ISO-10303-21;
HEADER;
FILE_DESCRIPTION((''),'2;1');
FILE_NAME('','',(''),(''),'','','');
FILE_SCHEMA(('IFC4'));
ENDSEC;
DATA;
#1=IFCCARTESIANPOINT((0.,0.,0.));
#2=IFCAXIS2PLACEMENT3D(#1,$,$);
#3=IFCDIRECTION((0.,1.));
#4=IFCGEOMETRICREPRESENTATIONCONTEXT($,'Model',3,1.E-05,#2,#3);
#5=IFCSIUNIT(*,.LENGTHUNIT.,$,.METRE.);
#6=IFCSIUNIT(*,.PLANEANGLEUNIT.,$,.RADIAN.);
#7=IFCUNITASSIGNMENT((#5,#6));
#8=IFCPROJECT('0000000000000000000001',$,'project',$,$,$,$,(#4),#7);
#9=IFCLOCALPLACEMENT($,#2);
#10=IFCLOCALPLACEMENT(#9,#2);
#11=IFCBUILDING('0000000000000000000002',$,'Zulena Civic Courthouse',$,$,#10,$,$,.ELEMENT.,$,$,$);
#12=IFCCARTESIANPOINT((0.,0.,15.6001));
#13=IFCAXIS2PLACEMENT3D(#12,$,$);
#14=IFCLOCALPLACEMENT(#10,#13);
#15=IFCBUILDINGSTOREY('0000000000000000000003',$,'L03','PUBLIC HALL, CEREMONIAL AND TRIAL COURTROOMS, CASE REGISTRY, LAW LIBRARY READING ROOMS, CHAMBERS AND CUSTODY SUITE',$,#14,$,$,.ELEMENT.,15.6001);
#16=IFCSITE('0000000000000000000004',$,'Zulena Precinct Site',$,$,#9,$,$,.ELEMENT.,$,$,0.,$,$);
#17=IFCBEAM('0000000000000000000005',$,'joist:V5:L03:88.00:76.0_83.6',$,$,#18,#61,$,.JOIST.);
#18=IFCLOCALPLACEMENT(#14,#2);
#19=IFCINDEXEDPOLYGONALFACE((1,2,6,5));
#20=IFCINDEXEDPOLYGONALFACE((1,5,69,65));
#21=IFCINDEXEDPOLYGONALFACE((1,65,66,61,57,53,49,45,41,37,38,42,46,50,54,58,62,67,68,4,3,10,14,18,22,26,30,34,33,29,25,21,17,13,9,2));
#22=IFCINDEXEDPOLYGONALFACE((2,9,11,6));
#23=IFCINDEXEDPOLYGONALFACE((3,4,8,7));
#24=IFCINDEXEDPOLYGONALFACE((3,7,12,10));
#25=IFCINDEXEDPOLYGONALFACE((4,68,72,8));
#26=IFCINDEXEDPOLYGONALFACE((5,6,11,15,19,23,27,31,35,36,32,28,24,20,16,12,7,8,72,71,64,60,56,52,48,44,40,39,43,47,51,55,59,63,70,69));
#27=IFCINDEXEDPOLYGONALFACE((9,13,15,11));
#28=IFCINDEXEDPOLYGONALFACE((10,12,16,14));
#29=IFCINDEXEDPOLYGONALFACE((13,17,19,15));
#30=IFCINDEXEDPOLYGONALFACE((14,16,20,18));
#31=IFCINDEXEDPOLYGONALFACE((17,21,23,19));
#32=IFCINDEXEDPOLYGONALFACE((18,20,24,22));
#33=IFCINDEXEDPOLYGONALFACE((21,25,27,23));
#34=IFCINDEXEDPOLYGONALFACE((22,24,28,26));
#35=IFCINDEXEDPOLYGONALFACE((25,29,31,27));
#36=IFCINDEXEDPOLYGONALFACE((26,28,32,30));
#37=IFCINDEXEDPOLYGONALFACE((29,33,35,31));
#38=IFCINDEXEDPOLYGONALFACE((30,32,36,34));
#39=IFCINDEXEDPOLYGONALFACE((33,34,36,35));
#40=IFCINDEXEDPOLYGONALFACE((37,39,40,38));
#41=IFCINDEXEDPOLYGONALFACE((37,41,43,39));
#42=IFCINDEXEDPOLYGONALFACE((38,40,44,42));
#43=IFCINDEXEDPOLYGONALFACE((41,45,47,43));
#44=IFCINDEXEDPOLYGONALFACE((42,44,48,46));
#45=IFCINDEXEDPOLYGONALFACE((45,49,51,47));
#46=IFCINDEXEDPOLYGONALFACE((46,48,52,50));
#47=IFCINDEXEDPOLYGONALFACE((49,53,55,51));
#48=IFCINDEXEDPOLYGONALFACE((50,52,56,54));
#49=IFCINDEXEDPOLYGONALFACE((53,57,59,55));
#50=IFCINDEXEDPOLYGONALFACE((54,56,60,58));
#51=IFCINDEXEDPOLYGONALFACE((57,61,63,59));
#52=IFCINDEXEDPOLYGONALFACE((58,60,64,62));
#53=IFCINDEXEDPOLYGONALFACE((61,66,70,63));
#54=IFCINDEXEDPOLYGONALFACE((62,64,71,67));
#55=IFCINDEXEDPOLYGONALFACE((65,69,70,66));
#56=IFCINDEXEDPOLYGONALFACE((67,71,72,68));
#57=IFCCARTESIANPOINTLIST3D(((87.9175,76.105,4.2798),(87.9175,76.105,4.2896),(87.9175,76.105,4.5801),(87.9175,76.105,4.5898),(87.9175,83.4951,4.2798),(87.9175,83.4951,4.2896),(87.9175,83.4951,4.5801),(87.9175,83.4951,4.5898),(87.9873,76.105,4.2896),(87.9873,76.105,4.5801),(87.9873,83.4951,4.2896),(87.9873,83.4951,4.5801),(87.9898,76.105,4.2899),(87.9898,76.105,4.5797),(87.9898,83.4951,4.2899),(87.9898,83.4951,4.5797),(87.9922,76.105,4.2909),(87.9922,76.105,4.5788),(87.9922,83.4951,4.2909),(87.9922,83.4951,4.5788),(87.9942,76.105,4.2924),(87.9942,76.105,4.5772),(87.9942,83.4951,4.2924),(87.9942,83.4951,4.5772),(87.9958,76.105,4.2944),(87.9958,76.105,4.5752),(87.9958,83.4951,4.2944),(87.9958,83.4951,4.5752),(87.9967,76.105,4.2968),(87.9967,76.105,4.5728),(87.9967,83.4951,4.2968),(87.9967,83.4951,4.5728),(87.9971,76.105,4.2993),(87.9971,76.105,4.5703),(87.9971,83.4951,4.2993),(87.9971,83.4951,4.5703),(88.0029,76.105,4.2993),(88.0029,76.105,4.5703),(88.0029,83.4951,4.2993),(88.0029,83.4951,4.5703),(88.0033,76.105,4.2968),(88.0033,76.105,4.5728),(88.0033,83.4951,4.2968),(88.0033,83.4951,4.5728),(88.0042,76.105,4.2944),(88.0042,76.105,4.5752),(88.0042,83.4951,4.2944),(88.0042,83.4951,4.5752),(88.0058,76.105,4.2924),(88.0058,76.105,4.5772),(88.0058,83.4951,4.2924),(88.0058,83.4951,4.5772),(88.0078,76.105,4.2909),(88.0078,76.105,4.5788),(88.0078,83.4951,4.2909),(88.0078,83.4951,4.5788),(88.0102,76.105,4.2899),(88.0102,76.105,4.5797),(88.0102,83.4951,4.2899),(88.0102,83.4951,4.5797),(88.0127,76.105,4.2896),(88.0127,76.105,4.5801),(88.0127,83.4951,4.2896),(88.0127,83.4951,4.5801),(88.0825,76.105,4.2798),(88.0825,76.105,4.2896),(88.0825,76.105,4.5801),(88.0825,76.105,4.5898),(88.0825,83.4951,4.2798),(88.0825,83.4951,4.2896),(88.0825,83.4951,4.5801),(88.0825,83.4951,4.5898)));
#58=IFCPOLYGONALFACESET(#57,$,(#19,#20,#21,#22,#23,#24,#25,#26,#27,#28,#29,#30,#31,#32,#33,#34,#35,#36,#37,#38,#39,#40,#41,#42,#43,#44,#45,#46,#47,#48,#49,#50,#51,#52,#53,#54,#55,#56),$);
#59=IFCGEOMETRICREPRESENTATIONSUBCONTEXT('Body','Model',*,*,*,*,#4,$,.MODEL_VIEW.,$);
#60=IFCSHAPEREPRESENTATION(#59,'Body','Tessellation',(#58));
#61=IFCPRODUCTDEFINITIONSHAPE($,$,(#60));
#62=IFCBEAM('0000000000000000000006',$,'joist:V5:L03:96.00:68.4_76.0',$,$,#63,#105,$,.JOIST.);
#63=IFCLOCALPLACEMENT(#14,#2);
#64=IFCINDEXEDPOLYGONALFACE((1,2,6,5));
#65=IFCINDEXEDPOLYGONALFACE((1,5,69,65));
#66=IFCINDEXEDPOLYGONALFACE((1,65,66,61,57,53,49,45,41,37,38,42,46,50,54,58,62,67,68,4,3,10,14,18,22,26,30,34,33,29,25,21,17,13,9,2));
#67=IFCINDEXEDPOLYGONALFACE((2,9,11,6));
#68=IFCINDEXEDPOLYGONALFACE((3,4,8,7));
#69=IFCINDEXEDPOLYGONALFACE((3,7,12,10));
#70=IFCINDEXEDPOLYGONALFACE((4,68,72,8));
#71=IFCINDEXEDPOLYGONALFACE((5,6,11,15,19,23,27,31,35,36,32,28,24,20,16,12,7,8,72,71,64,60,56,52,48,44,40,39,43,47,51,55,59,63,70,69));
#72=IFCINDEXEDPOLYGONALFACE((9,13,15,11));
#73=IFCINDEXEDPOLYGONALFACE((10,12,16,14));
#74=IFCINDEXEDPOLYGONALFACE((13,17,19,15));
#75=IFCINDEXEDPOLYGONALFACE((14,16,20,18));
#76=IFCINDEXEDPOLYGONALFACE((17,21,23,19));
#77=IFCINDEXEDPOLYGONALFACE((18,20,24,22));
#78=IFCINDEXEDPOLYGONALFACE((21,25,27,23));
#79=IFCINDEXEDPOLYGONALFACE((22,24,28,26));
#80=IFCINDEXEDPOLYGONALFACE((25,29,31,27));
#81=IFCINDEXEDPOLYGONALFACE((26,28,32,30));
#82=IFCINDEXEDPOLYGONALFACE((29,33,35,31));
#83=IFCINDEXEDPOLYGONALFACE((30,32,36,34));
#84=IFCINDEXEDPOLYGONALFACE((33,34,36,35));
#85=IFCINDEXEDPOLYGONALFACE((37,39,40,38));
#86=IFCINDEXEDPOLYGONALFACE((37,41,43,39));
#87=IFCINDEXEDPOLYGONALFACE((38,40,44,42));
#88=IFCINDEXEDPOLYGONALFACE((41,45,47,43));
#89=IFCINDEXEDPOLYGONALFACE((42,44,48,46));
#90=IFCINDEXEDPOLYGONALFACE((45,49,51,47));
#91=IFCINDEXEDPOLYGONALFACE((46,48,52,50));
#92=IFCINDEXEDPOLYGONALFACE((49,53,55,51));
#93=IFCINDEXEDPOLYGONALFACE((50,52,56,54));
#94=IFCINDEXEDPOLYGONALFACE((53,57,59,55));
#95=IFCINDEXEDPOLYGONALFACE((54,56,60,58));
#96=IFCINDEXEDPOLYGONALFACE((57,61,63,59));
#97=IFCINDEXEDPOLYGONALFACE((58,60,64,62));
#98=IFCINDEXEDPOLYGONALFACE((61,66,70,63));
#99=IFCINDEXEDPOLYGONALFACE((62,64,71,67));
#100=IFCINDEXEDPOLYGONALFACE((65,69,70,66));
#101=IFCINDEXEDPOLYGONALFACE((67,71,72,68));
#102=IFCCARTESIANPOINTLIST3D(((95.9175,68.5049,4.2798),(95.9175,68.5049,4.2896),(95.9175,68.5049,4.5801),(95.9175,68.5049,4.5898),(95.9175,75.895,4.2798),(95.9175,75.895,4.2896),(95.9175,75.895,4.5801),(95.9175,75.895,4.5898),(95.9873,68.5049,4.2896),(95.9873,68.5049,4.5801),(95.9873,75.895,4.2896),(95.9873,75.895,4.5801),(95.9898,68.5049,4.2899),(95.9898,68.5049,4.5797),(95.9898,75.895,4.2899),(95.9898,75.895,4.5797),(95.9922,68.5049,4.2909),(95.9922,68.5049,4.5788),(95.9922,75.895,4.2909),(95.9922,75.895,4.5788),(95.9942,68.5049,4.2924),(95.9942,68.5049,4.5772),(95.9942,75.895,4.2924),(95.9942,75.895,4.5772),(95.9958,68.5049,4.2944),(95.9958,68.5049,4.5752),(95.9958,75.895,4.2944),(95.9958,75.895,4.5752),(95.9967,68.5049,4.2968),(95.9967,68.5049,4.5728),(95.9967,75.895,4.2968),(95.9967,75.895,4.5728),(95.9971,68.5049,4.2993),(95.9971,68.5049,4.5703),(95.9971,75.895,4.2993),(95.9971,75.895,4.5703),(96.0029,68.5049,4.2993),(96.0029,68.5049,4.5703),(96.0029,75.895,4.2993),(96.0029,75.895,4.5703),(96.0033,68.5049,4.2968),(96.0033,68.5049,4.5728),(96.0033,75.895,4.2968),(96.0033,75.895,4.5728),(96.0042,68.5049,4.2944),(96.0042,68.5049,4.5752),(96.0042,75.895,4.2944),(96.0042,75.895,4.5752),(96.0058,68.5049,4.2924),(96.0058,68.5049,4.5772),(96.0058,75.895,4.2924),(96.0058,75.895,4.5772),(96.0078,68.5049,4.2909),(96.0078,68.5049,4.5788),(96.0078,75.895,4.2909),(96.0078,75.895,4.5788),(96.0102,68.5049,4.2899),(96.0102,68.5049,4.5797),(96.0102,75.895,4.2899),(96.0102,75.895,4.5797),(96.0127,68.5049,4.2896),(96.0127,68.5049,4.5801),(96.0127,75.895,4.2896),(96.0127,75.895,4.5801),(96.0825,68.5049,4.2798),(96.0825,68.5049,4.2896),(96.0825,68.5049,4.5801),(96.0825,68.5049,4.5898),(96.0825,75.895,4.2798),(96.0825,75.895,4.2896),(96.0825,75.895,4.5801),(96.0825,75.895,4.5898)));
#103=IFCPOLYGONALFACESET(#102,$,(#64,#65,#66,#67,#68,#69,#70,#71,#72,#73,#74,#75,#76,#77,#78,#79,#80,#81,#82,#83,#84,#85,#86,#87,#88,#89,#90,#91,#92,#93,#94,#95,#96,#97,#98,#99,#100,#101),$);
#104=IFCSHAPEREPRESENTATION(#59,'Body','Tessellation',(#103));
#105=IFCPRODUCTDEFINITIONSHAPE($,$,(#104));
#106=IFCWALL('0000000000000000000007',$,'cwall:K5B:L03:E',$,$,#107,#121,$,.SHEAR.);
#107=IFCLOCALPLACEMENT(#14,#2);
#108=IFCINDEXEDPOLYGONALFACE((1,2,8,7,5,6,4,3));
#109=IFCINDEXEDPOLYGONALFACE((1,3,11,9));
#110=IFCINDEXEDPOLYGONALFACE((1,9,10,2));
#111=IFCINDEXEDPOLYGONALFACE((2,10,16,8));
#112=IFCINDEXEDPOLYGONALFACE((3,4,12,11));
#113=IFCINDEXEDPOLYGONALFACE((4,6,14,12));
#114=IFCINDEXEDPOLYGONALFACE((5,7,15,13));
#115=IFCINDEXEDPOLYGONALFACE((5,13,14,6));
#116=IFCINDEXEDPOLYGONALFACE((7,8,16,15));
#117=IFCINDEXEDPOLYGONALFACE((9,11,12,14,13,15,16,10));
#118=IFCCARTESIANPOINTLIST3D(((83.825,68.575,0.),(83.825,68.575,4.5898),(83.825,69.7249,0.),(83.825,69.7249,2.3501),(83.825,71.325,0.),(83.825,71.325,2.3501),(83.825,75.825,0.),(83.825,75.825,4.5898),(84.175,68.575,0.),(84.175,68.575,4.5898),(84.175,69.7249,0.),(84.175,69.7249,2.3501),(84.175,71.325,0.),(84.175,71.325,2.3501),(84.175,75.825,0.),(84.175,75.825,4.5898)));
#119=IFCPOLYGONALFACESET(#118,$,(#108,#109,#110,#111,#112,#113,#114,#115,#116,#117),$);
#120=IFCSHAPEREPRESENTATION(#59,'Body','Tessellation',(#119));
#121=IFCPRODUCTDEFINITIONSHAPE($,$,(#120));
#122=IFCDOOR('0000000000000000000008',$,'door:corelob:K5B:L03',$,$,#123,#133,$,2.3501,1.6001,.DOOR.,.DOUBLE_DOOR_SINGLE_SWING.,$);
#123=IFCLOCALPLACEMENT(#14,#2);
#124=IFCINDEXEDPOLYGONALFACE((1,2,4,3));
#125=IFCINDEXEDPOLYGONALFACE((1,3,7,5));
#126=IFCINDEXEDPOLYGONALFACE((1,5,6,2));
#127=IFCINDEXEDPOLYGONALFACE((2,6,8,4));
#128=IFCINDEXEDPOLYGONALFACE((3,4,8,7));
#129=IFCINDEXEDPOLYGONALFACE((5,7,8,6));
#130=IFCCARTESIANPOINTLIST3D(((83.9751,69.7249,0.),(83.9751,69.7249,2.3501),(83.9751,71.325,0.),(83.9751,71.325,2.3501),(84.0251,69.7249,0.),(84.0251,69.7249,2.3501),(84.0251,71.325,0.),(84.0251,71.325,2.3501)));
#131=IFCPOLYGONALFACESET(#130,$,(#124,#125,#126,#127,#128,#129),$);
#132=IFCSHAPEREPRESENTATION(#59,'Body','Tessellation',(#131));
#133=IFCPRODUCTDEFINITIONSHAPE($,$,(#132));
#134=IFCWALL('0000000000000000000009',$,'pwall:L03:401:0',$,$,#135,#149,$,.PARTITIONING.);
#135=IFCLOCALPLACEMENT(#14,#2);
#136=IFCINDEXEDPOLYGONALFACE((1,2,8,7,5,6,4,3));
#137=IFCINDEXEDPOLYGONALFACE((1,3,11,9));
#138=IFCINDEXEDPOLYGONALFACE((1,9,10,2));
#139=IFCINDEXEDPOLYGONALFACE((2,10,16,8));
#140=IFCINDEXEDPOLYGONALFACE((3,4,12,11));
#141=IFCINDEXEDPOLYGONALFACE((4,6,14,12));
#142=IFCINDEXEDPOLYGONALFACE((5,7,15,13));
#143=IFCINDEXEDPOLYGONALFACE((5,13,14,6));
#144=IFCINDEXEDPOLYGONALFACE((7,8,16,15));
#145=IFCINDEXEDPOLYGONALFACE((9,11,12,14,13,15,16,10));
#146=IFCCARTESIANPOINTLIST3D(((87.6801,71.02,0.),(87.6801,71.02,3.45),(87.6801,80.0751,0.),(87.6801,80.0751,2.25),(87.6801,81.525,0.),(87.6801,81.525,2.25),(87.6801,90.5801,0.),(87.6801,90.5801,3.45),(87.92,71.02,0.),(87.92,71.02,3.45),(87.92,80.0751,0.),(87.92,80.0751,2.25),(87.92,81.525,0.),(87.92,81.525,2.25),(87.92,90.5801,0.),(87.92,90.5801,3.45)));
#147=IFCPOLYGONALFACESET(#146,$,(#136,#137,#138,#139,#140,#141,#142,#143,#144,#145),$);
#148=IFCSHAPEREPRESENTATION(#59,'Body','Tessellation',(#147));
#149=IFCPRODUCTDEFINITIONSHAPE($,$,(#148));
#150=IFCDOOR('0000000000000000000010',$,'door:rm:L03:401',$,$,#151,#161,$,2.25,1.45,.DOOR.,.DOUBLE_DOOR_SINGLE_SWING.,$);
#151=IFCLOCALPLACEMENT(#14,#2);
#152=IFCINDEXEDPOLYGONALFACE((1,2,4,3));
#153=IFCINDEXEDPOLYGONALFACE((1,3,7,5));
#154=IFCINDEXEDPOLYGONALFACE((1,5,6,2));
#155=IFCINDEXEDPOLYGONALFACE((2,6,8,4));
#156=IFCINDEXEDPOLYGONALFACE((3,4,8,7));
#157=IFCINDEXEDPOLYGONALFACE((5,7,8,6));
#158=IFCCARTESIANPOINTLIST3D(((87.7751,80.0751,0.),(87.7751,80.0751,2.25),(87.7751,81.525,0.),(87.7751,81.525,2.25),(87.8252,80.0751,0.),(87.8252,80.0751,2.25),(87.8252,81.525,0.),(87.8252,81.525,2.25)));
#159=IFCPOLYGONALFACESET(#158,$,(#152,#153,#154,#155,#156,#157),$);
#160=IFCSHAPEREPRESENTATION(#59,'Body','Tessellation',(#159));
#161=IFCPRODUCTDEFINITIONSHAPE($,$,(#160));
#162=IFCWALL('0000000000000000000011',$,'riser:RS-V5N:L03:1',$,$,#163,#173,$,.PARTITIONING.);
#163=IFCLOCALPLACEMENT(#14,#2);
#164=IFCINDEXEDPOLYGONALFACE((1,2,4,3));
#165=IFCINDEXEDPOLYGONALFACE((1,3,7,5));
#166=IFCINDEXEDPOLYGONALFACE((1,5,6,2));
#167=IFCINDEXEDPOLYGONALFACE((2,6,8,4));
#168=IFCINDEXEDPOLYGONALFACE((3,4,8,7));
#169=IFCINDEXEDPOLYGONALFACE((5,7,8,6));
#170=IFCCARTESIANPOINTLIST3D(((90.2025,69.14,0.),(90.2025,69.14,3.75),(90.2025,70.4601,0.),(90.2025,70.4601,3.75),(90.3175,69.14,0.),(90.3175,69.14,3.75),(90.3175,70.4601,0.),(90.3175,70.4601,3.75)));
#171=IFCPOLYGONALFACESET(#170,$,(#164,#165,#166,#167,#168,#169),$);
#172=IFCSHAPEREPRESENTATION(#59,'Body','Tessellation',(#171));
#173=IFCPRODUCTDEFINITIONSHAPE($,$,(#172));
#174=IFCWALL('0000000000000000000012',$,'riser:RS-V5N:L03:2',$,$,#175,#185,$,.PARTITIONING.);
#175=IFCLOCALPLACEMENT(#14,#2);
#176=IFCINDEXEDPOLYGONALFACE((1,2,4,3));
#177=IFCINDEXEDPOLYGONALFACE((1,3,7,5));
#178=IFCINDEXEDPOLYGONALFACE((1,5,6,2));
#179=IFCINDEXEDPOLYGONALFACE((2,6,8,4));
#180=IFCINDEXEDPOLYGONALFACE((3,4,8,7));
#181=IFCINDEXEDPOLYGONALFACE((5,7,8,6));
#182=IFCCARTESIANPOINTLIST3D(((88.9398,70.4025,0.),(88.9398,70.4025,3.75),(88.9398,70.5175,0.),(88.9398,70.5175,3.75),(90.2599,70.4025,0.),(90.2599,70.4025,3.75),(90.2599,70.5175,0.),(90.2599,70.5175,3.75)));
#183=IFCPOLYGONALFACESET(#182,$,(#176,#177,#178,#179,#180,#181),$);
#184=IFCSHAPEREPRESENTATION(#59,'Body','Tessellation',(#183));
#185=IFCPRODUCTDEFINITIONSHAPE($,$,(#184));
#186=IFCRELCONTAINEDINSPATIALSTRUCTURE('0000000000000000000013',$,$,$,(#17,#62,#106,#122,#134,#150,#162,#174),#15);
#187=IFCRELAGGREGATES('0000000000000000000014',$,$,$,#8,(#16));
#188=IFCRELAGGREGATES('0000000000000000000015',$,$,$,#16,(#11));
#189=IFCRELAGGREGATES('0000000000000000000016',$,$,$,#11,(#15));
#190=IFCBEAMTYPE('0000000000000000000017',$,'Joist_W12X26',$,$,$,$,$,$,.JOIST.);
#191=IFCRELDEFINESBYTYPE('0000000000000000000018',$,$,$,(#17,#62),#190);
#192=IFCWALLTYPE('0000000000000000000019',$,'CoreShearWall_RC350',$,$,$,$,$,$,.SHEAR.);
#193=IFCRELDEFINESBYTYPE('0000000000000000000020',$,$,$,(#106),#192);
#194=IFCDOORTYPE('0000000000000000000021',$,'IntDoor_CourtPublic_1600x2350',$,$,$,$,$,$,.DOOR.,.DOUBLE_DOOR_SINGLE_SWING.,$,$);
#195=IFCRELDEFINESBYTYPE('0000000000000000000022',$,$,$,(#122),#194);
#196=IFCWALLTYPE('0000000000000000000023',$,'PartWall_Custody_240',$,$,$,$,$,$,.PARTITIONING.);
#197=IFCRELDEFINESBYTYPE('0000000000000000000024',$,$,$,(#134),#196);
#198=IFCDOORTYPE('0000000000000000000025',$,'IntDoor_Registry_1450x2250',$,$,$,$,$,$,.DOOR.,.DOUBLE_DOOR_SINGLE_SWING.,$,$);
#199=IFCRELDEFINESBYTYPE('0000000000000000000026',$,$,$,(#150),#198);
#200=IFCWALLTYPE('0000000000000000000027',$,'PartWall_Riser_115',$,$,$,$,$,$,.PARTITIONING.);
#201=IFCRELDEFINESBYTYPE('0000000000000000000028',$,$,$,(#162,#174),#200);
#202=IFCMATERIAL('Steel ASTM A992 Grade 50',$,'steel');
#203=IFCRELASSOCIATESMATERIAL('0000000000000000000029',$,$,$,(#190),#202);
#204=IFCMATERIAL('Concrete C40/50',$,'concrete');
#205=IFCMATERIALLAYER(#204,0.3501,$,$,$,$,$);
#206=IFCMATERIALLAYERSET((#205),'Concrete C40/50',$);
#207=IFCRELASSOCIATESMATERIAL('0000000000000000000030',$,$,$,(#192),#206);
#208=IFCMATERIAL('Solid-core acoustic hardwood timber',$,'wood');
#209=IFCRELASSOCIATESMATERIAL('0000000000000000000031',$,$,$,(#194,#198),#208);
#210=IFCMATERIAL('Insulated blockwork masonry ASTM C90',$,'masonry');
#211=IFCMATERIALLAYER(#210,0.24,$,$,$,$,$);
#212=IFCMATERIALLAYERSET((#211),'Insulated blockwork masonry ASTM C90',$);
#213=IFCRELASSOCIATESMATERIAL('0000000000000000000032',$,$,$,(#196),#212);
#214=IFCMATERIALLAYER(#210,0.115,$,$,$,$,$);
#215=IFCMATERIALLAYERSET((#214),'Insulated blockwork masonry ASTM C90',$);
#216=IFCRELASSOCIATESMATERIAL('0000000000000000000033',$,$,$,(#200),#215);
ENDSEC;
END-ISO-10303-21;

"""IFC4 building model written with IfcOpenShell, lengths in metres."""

from ifc_helpers import new_model, si_unit, direction, frame, frame_2d, origin, origin_2d, place, context, subcontext, project, spatial, rectangle, i_section, extrude, material, layer, layer_set, material_profile, profile_set, type_object, element, fill, save


model = new_model("IFC4")

# Units and contexts
model_context = context("Model", 3, precision=1e-05, world=origin(), true_north=direction((0.0, 1.0)))
body_context = subcontext(model_context, "Body", "Model", "MODEL_VIEW")
ifc_project = project(units=[si_unit("LENGTHUNIT", "METRE"), si_unit("PLANEANGLEUNIT", "RADIAN")], contexts=[model_context])

# Site, building, storey
site_placement = place(None, origin())
site = spatial("IfcSite", under=ifc_project, at=site_placement, Name="Zulena Precinct Site", CompositionType="ELEMENT", RefElevation=0.0)
building_placement = place(site_placement, origin())
building = spatial("IfcBuilding", under=site, at=building_placement, Name="Zulena Civic Courthouse", CompositionType="ELEMENT")
storey_placement = place(building_placement, frame((0.0, 0.0, 15.6001)))
storey = spatial("IfcBuildingStorey", under=building, at=storey_placement, Name="L03", Description="PUBLIC HALL, CEREMONIAL AND TRIAL COURTROOMS, CASE REGISTRY, LAW LIBRARY READING ROOMS, CHAMBERS AND CUSTODY SUITE", CompositionType="ELEMENT", Elevation=15.6001)

# Shared definitions
ifc_material_1 = material(Name="Steel ASTM A992 Grade 50", Category="steel")

# Beams
ifc_material_profile_1 = material_profile(ifc_material_1, i_section(OverallWidth=0.165, OverallDepth=0.3101, WebThickness=0.0059, FlangeThickness=0.0098, FilletRadius=0.0098, at=origin_2d()), Name="W12X26")
ifc_profile_set_1 = profile_set([ifc_material_profile_1], Name="Steel ASTM A992 Grade 50")
beam_type_1 = type_object("IfcBeamType", Name="Joist_W12X26", PredefinedType="JOIST", material=ifc_profile_set_1)
for number, where, z_axis, x_axis, name in (
    (1, (88.0, 76.105, 4.4348), (0.0, 1.0, 0.0), (-1.0, 0.0, 0.0), "joist:V5:L03:88.00:76.0_83.6"),
    (2, (96.0, 68.5049, 4.4348), (0.0, 1.0, 0.0), (-1.0, 0.0, 0.0), "joist:V5:L03:96.00:68.4_76.0"),
):
    element("IfcBeam", number, at=place(storey_placement, frame(where, z_axis=z_axis, x_axis=x_axis)), inside=storey, type_object=beam_type_1, Name=name, PredefinedType="JOIST", context=body_context, shape_type="SweptSolid", body=[
        extrude(i_section(OverallWidth=0.165, OverallDepth=0.3101, WebThickness=0.0059, FlangeThickness=0.0098, FilletRadius=0.0098, at=origin_2d()), origin(), (0.0, 0.0, 1.0), 7.3901),
    ])

# Walls, openings, doors
ifc_material_2 = material(Name="Concrete C40/50", Category="concrete")
ifc_layer_1 = layer(ifc_material_2, 0.3501)
ifc_layer_set_1 = layer_set([ifc_layer_1], Name="Concrete C40/50")
wall_type_1 = type_object("IfcWallType", Name="CoreShearWall_RC350", PredefinedType="SHEAR", material=ifc_layer_set_1)
wall_1_placement = place(storey_placement, frame((84.0, 68.575, 0.0), z_axis=(0.0, 0.0, 1.0), x_axis=(0.0, 1.0, 0.0)))
wall_1 = element("IfcWall", 3, at=wall_1_placement, inside=storey, type_object=wall_type_1, Name="cwall:K5B:L03:E", PredefinedType="SHEAR", context=body_context, shape_type="SweptSolid", body=[
    extrude(rectangle(XDim=7.25, YDim=0.3501, at=frame_2d((3.625, 0.0))), origin(), (0.0, 0.0, 1.0), 4.5898),
])
opening_1_placement = place(wall_1_placement, frame((1.1499, 0.0, 0.0)))
opening_1 = element("IfcOpeningElement", 4, at=opening_1_placement, cuts=wall_1, PredefinedType="OPENING", context=body_context, shape_type="SweptSolid", body=[
    extrude(rectangle(XDim=1.6001, YDim=2.3501, at=frame_2d((0.8, 1.175))), frame((0.0, 0.1851, 0.0), z_axis=(0.0, -1.0, 0.0), x_axis=(1.0, 0.0, 0.0)), (0.0, 0.0, 1.0), 0.3701),
])
ifc_material_3 = material(Name="Solid-core acoustic hardwood timber", Category="wood")
door_type_1 = type_object("IfcDoorType", Name="IntDoor_CourtPublic_1600x2350", OperationType="DOUBLE_DOOR_SINGLE_SWING", PredefinedType="DOOR", material=ifc_material_3)
door_1_placement = place(opening_1_placement, origin())
door_1 = element("IfcDoor", 5, at=door_1_placement, inside=storey, type_object=door_type_1, Name="door:corelob:K5B:L03", OperationType="DOUBLE_DOOR_SINGLE_SWING", OverallHeight=2.3501, OverallWidth=1.6001, PredefinedType="DOOR", context=body_context, shape_type="SweptSolid", body=[
    extrude(rectangle(XDim=1.6001, YDim=2.3501, at=frame_2d((0.8, 1.175))), frame((0.0, 0.0249, 0.0), z_axis=(0.0, -1.0, 0.0), x_axis=(1.0, 0.0, 0.0)), (0.0, 0.0, 1.0), 0.05),
])
fill(opening_1, door_1)
ifc_material_4 = material(Name="Insulated blockwork masonry ASTM C90", Category="masonry")
ifc_layer_2 = layer(ifc_material_4, 0.24)
ifc_layer_set_2 = layer_set([ifc_layer_2], Name="Insulated blockwork masonry ASTM C90")
wall_type_2 = type_object("IfcWallType", Name="PartWall_Custody_240", PredefinedType="PARTITIONING", material=ifc_layer_set_2)
wall_2_placement = place(storey_placement, frame((87.8, 71.02, 0.0), z_axis=(0.0, 0.0, 1.0), x_axis=(0.0, 1.0, 0.0)))
wall_2 = element("IfcWall", 6, at=wall_2_placement, inside=storey, type_object=wall_type_2, Name="pwall:L03:401:0", PredefinedType="PARTITIONING", context=body_context, shape_type="SweptSolid", body=[
    extrude(rectangle(XDim=19.5601, YDim=0.24, at=frame_2d((9.78, 0.0))), origin(), (0.0, 0.0, 1.0), 3.45),
])
opening_2_placement = place(wall_2_placement, frame((9.0549, 0.0, 0.0)))
opening_2 = element("IfcOpeningElement", 7, at=opening_2_placement, cuts=wall_2, PredefinedType="OPENING", context=body_context, shape_type="SweptSolid", body=[
    extrude(rectangle(XDim=1.45, YDim=2.25, at=frame_2d((0.7251, 1.125))), frame((0.0, 0.1299, 0.0), z_axis=(0.0, -1.0, 0.0), x_axis=(1.0, 0.0, 0.0)), (0.0, 0.0, 1.0), 0.26),
])
door_type_2 = type_object("IfcDoorType", Name="IntDoor_Registry_1450x2250", OperationType="DOUBLE_DOOR_SINGLE_SWING", PredefinedType="DOOR", material=ifc_material_3)
door_2_placement = place(opening_2_placement, origin())
door_2 = element("IfcDoor", 8, at=door_2_placement, inside=storey, type_object=door_type_2, Name="door:rm:L03:401", OperationType="DOUBLE_DOOR_SINGLE_SWING", OverallHeight=2.25, OverallWidth=1.45, PredefinedType="DOOR", context=body_context, shape_type="SweptSolid", body=[
    extrude(rectangle(XDim=1.45, YDim=2.25, at=frame_2d((0.7251, 1.125))), frame((0.0, 0.0249, 0.0), z_axis=(0.0, -1.0, 0.0), x_axis=(1.0, 0.0, 0.0)), (0.0, 0.0, 1.0), 0.05),
])
fill(opening_2, door_2)

# Walls
ifc_layer_3 = layer(ifc_material_4, 0.115)
ifc_layer_set_3 = layer_set([ifc_layer_3], Name="Insulated blockwork masonry ASTM C90")
wall_type_3 = type_object("IfcWallType", Name="PartWall_Riser_115", PredefinedType="PARTITIONING", material=ifc_layer_set_3)
for number, where, z_axis, x_axis, name in (
    (9, (90.26, 69.1399, 0.0), (0.0, 0.0, 1.0), (0.0, 1.0, 0.0), "riser:RS-V5N:L03:1"),
    (10, (90.26, 70.46, 0.0), (0.0, 0.0, 1.0), (-1.0, 0.0, 0.0), "riser:RS-V5N:L03:2"),
):
    element("IfcWall", number, at=place(storey_placement, frame(where, z_axis=z_axis, x_axis=x_axis)), inside=storey, type_object=wall_type_3, Name=name, PredefinedType="PARTITIONING", context=body_context, shape_type="SweptSolid", body=[
        extrude(rectangle(XDim=1.3201, YDim=0.115, at=frame_2d((0.6602, 0.0))), origin(), (0.0, 0.0, 1.0), 3.75),
    ])

save(model, "model.ifc")
